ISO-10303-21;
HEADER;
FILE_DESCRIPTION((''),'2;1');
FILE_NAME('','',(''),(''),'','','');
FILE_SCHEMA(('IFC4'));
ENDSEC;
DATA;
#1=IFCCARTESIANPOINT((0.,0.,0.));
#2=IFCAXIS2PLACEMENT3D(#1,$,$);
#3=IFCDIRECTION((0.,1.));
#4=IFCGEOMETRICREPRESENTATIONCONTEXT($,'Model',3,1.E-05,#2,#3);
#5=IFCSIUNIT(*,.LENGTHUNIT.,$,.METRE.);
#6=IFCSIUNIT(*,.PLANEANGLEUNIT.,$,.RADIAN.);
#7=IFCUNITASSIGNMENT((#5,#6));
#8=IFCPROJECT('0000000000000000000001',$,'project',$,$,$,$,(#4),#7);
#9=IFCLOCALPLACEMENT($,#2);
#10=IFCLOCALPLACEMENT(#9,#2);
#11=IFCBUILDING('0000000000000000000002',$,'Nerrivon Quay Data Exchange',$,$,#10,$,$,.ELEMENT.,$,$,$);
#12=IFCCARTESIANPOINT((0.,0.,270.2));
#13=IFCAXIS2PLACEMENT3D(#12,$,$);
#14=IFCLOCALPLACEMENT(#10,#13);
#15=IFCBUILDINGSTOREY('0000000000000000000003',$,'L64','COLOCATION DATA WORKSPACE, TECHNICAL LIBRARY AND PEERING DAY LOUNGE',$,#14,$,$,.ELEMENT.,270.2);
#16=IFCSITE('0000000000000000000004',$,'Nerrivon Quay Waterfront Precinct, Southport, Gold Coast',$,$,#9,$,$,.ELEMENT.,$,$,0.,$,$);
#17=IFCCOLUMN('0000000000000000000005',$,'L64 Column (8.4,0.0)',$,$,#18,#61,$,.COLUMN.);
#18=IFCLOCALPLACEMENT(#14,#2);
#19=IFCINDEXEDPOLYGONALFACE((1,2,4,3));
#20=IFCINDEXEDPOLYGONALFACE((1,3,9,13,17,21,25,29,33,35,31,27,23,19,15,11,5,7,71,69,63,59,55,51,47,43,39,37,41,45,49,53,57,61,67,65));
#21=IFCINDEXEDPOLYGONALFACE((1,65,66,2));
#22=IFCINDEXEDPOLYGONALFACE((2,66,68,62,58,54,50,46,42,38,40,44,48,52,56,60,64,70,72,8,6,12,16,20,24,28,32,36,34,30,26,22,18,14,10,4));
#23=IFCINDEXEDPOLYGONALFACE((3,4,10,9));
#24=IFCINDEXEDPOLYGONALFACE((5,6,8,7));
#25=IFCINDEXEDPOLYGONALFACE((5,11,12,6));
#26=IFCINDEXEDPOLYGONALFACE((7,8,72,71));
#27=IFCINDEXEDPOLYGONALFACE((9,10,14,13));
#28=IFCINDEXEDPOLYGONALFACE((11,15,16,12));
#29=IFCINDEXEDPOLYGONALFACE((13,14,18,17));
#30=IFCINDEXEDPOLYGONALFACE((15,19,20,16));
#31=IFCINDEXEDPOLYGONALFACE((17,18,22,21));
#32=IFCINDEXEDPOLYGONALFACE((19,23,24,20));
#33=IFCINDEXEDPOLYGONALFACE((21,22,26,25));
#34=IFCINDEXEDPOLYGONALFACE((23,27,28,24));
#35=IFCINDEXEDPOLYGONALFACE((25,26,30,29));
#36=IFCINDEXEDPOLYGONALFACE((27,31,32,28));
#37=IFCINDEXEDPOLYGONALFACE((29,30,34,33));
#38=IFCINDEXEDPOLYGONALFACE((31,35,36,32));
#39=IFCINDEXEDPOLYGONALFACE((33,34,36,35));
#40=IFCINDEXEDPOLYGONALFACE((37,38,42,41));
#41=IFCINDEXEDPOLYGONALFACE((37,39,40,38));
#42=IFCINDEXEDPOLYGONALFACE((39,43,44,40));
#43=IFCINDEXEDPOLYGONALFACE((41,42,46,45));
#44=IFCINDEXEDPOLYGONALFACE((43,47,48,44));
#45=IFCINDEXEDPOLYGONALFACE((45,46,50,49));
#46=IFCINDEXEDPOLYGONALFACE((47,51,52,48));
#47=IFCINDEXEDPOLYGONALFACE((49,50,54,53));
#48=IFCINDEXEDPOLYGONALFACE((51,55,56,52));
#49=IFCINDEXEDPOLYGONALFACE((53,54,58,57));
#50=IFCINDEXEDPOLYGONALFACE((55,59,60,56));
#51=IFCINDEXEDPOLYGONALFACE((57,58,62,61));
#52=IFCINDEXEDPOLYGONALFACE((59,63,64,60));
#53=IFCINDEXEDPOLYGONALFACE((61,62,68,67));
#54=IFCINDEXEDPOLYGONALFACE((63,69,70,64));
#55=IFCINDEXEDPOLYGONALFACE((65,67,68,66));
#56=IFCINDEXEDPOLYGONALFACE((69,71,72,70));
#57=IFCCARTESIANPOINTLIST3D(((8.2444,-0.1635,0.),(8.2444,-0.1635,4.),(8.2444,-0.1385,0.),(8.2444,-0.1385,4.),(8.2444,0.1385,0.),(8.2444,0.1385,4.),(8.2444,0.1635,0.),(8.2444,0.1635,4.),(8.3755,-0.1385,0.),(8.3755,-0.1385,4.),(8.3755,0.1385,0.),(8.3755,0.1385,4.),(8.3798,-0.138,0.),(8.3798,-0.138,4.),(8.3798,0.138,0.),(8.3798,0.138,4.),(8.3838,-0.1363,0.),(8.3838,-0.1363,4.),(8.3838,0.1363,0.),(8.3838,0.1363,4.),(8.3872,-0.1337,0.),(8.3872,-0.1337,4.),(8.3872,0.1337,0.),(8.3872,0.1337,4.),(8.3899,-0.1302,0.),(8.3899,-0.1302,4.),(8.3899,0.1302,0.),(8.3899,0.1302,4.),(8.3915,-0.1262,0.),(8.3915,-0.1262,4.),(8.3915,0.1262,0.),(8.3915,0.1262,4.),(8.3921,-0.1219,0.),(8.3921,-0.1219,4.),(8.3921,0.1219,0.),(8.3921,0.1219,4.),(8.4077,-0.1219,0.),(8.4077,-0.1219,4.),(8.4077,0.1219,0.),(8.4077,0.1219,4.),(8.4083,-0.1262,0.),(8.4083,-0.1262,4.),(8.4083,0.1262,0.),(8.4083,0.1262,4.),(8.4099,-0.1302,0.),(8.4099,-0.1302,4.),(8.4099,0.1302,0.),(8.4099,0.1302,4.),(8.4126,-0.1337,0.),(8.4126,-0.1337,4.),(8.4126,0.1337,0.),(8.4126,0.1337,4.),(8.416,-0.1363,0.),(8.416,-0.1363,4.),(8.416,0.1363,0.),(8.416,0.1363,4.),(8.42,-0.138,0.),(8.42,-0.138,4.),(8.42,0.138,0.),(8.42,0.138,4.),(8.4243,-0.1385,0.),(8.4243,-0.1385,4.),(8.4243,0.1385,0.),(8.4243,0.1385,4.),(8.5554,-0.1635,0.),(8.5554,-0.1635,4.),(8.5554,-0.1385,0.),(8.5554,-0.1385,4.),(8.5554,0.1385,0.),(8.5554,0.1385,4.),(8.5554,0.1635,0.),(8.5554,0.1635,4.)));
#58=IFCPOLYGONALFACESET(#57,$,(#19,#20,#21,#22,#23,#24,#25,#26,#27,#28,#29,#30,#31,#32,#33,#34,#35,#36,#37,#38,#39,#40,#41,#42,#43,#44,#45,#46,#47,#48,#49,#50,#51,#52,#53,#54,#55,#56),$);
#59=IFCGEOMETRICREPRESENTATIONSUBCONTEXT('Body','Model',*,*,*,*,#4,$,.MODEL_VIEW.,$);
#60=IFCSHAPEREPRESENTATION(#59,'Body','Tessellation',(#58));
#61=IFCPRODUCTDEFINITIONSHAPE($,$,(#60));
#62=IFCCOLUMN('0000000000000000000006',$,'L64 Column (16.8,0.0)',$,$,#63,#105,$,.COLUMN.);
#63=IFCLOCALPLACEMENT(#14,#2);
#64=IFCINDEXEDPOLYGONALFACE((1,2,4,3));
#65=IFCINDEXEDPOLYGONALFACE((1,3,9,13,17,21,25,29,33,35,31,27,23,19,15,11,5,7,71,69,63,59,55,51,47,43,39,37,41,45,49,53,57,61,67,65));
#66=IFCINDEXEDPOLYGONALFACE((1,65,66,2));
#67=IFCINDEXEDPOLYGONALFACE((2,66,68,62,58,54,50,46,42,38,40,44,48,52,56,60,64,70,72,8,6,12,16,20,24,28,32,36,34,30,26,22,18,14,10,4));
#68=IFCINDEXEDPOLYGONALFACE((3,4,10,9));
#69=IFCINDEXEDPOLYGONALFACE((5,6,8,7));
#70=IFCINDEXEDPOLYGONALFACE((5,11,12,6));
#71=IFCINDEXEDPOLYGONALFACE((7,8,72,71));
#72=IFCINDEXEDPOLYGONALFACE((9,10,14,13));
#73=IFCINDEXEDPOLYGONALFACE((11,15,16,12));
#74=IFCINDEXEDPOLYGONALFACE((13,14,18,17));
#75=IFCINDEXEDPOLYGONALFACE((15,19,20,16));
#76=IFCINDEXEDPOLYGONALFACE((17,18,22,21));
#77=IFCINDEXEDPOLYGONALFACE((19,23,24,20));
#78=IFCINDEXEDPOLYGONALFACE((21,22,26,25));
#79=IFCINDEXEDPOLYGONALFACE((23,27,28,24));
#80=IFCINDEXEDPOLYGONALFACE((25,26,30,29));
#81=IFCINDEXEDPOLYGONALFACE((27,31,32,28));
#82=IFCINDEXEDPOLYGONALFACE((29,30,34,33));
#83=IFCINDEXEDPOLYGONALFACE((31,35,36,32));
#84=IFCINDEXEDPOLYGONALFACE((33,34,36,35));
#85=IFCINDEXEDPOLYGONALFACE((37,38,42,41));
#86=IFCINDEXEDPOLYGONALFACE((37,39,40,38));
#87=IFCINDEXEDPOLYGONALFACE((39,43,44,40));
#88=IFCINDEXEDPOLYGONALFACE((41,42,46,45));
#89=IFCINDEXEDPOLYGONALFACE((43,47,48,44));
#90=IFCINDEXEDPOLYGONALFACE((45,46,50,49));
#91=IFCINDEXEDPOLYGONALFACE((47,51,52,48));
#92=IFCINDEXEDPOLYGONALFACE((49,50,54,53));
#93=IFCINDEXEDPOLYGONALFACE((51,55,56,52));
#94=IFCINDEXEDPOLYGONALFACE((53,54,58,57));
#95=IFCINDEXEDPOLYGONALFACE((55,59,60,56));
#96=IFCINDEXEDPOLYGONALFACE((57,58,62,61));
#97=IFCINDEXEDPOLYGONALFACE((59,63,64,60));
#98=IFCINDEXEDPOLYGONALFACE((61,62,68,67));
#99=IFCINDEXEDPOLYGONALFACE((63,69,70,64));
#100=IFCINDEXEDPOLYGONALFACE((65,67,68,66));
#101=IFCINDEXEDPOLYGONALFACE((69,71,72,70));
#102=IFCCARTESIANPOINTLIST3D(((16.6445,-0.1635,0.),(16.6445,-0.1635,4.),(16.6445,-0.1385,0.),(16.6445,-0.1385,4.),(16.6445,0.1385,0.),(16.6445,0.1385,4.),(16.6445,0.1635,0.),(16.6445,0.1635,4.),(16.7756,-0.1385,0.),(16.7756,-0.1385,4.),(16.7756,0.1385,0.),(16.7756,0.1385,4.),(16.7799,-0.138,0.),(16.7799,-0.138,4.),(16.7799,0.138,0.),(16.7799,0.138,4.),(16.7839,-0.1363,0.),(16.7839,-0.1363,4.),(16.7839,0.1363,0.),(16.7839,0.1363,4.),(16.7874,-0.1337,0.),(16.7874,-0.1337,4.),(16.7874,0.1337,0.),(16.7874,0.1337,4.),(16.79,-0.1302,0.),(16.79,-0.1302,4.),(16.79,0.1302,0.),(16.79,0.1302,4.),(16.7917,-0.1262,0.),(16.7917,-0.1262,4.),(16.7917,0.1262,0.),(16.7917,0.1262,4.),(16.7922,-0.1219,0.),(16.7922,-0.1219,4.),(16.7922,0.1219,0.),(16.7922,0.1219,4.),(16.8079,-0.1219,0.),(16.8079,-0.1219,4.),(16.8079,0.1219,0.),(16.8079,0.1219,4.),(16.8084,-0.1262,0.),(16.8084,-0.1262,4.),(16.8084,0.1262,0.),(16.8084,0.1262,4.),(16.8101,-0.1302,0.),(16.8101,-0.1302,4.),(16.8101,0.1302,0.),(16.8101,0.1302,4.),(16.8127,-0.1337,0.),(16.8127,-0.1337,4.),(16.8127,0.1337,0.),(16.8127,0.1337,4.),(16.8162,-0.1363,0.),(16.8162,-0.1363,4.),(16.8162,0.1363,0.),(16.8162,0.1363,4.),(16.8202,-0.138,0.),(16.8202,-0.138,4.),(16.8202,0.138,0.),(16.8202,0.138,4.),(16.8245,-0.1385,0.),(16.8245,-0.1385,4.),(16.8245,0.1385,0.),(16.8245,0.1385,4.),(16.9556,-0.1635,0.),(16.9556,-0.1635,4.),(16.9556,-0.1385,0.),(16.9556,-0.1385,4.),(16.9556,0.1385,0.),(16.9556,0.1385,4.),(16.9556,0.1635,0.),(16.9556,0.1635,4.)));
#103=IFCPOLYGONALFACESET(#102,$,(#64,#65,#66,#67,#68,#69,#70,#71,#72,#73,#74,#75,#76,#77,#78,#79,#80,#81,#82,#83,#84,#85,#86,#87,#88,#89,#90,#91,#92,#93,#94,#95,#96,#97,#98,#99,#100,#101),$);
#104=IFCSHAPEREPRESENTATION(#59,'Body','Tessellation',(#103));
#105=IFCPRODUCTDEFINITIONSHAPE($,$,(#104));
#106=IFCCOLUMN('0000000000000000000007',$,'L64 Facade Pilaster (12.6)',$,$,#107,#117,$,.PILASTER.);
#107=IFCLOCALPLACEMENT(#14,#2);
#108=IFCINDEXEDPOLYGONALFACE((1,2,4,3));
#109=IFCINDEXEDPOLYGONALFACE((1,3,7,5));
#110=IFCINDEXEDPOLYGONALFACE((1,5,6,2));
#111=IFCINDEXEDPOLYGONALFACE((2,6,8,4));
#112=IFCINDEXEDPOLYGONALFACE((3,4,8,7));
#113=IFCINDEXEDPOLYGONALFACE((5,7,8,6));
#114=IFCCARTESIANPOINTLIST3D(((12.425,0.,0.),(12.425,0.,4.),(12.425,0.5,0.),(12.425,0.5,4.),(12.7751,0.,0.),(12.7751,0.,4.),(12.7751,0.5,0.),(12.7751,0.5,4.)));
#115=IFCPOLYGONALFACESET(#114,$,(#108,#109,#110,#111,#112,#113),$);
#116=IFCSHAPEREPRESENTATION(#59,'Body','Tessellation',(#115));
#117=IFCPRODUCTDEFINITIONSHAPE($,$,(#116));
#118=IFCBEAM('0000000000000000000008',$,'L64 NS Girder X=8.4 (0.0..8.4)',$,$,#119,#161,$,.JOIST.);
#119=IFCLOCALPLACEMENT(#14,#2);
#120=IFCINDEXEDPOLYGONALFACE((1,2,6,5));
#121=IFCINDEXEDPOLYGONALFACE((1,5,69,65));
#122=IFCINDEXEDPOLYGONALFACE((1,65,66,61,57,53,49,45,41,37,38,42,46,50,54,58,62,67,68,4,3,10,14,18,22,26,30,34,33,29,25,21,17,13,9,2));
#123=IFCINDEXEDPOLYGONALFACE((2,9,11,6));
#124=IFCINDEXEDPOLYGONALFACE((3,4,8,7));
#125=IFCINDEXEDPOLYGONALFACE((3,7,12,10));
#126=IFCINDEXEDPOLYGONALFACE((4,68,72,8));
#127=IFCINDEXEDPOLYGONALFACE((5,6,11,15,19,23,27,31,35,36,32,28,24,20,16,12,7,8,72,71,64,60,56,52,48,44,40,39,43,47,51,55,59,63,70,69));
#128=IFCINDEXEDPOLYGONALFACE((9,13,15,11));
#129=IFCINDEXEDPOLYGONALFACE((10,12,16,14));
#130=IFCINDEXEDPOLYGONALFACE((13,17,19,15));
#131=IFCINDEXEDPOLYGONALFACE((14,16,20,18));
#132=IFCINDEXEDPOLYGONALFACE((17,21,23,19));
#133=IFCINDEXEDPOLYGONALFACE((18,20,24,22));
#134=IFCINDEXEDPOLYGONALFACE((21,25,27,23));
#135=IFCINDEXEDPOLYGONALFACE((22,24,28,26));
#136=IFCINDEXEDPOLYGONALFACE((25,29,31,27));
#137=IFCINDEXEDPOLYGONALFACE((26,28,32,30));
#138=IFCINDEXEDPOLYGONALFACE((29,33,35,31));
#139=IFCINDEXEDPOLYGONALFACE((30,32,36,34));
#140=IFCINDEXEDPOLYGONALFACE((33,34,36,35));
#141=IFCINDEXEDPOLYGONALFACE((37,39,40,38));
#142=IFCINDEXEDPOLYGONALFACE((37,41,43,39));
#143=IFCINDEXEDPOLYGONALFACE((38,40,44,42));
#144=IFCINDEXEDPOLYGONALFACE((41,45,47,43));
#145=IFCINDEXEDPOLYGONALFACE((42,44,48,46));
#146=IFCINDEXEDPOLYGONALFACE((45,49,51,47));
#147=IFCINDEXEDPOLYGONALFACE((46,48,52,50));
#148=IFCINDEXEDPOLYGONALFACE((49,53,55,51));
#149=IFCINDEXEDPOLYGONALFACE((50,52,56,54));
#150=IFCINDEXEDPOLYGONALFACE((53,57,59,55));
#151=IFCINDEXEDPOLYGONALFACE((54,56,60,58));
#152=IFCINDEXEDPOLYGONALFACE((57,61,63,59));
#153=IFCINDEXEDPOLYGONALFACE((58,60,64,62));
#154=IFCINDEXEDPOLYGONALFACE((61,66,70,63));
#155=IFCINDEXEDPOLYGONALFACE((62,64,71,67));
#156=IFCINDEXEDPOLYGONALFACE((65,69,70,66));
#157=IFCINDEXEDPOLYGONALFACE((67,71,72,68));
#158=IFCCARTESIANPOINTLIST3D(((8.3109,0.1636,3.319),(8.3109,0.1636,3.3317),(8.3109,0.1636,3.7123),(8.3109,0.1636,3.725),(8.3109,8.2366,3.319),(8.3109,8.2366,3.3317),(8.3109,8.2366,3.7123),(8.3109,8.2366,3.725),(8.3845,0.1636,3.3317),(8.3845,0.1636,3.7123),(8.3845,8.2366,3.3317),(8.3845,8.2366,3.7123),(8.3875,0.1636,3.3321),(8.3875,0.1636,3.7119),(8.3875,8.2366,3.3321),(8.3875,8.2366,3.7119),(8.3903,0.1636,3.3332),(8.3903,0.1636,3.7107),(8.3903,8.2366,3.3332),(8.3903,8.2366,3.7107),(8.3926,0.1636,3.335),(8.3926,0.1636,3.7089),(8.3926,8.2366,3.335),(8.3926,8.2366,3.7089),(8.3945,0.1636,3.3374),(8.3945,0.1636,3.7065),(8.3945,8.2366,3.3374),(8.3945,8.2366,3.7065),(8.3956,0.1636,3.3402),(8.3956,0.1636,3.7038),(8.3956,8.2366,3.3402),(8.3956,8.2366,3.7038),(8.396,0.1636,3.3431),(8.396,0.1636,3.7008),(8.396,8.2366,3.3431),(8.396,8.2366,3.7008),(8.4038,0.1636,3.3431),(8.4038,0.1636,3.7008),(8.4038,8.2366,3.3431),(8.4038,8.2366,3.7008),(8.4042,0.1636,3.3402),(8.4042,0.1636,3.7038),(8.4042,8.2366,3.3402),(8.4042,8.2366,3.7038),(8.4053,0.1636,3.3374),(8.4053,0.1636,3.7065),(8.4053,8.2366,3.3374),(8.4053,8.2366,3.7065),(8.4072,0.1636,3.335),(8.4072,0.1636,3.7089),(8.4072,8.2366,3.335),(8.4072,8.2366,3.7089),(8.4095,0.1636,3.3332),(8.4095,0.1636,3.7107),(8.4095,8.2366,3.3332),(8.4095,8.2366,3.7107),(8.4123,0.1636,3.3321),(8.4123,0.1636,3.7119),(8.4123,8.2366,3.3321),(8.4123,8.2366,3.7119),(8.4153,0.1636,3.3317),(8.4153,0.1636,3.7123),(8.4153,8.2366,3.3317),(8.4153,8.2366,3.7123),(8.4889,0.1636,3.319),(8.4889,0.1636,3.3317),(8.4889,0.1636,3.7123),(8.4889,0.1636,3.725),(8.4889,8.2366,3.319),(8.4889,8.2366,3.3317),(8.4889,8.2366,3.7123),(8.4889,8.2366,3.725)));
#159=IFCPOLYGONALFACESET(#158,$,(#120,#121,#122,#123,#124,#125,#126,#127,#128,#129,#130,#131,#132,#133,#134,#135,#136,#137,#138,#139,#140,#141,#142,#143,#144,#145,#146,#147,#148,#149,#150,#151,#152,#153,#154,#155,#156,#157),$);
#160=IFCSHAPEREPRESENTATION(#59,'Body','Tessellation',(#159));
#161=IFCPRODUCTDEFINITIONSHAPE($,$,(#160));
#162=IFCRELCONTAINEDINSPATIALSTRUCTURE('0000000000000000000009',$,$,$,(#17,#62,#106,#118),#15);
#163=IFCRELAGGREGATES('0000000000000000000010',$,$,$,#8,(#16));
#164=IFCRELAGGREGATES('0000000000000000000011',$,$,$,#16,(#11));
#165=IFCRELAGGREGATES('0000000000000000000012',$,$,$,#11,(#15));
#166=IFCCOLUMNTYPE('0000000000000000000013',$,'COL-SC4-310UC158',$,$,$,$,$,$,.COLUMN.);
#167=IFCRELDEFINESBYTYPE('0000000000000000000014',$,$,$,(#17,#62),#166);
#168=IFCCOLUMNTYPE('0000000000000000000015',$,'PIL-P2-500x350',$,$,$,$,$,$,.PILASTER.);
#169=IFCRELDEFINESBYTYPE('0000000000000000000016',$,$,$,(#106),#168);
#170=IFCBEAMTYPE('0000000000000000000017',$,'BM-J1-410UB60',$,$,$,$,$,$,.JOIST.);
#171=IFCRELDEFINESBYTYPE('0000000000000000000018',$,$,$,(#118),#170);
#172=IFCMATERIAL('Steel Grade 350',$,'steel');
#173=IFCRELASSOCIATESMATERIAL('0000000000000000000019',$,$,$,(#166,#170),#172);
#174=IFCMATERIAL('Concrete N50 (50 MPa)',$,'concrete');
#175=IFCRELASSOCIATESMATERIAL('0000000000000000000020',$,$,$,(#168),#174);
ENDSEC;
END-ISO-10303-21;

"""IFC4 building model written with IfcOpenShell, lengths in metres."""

from ifc_helpers import new_model, si_unit, direction, frame, origin, origin_2d, place, context, subcontext, project, spatial, rectangle, i_section, extrude, material, material_profile, profile_set, type_object, element, save


model = new_model("IFC4")

# Units and contexts
model_context = context("Model", 3, precision=1e-05, world=origin(), true_north=direction((0.0, 1.0)))
body_context = subcontext(model_context, "Body", "Model", "MODEL_VIEW")
ifc_project = project(units=[si_unit("LENGTHUNIT", "METRE"), si_unit("PLANEANGLEUNIT", "RADIAN")], contexts=[model_context])

# Site, building, storey
site_placement = place(None, origin())
site = spatial("IfcSite", under=ifc_project, at=site_placement, Name="Nerrivon Quay Waterfront Precinct, Southport, Gold Coast", CompositionType="ELEMENT", RefElevation=0.0)
building_placement = place(site_placement, origin())
building = spatial("IfcBuilding", under=site, at=building_placement, Name="Nerrivon Quay Data Exchange", CompositionType="ELEMENT")
storey_placement = place(building_placement, frame((0.0, 0.0, 270.2)))
storey = spatial("IfcBuildingStorey", under=building, at=storey_placement, Name="L64", Description="COLOCATION DATA WORKSPACE, TECHNICAL LIBRARY AND PEERING DAY LOUNGE", CompositionType="ELEMENT", Elevation=270.2)

# Columns
ifc_material_1 = material(Name="Steel Grade 350", Category="steel")
ifc_material_profile_1 = material_profile(ifc_material_1, i_section(OverallWidth=0.311, OverallDepth=0.3269, WebThickness=0.0156, FlangeThickness=0.0249, FilletRadius=0.0166, at=origin_2d()), Name="310UC158")
ifc_profile_set_1 = profile_set([ifc_material_profile_1], Name="Steel Grade 350")
column_type_1 = type_object("IfcColumnType", Name="COL-SC4-310UC158", PredefinedType="COLUMN", material=ifc_profile_set_1)
for number, where, z_axis, x_axis, name in (
    (1, (8.3999, 0.0, 0.0), (0.0, 0.0, 1.0), (1.0, 0.0, 0.0), "L64 Column (8.4,0.0)"),
    (2, (16.8, 0.0, 0.0), (0.0, 0.0, 1.0), (1.0, 0.0, 0.0), "L64 Column (16.8,0.0)"),
):
    element("IfcColumn", number, at=place(storey_placement, frame(where, z_axis=z_axis, x_axis=x_axis)), inside=storey, type_object=column_type_1, Name=name, PredefinedType="COLUMN", context=body_context, shape_type="SweptSolid", body=[
        extrude(i_section(OverallWidth=0.311, OverallDepth=0.3269, WebThickness=0.0156, FlangeThickness=0.0249, FilletRadius=0.0166, at=origin_2d()), origin(), (0.0, 0.0, 1.0), 4.0),
    ])
ifc_material_2 = material(Name="Concrete N50 (50 MPa)", Category="concrete")
ifc_material_profile_2 = material_profile(ifc_material_2, rectangle(XDim=0.3501, YDim=0.5, at=origin_2d()), Name="RC-PIL-500x350")
ifc_profile_set_2 = profile_set([ifc_material_profile_2], Name="Concrete N50 (50 MPa)")
column_type_2 = type_object("IfcColumnType", Name="PIL-P2-500x350", PredefinedType="PILASTER", material=ifc_profile_set_2)
column_placement = place(storey_placement, frame((12.6001, 0.25, 0.0), z_axis=(0.0, 0.0, 1.0), x_axis=(1.0, 0.0, 0.0)))
element("IfcColumn", 3, at=column_placement, inside=storey, type_object=column_type_2, Name="L64 Facade Pilaster (12.6)", PredefinedType="PILASTER", context=body_context, shape_type="SweptSolid", body=[
    extrude(rectangle(XDim=0.3501, YDim=0.5, at=origin_2d()), origin(), (0.0, 0.0, 1.0), 4.0),
])

# Beam
ifc_material_profile_3 = material_profile(ifc_material_1, i_section(OverallWidth=0.178, OverallDepth=0.406, WebThickness=0.0078, FlangeThickness=0.0127, FilletRadius=0.0115, at=origin_2d()), Name="410UB59.7")
ifc_profile_set_3 = profile_set([ifc_material_profile_3], Name="Steel Grade 350")
beam_type_1 = type_object("IfcBeamType", Name="BM-J1-410UB60", PredefinedType="JOIST", material=ifc_profile_set_3)
beam_1_placement = place(storey_placement, frame((8.3999, 0.1636, 3.522), z_axis=(0.0, 1.0, 0.0), x_axis=(-1.0, 0.0, 0.0)))
element("IfcBeam", 4, at=beam_1_placement, inside=storey, type_object=beam_type_1, Name="L64 NS Girder X=8.4 (0.0..8.4)", PredefinedType="JOIST", context=body_context, shape_type="SweptSolid", body=[
    extrude(i_section(OverallWidth=0.178, OverallDepth=0.406, WebThickness=0.0078, FlangeThickness=0.0127, FilletRadius=0.0115, at=origin_2d()), origin(), (0.0, 0.0, 1.0), 8.073),
])

save(model, "model.ifc")
